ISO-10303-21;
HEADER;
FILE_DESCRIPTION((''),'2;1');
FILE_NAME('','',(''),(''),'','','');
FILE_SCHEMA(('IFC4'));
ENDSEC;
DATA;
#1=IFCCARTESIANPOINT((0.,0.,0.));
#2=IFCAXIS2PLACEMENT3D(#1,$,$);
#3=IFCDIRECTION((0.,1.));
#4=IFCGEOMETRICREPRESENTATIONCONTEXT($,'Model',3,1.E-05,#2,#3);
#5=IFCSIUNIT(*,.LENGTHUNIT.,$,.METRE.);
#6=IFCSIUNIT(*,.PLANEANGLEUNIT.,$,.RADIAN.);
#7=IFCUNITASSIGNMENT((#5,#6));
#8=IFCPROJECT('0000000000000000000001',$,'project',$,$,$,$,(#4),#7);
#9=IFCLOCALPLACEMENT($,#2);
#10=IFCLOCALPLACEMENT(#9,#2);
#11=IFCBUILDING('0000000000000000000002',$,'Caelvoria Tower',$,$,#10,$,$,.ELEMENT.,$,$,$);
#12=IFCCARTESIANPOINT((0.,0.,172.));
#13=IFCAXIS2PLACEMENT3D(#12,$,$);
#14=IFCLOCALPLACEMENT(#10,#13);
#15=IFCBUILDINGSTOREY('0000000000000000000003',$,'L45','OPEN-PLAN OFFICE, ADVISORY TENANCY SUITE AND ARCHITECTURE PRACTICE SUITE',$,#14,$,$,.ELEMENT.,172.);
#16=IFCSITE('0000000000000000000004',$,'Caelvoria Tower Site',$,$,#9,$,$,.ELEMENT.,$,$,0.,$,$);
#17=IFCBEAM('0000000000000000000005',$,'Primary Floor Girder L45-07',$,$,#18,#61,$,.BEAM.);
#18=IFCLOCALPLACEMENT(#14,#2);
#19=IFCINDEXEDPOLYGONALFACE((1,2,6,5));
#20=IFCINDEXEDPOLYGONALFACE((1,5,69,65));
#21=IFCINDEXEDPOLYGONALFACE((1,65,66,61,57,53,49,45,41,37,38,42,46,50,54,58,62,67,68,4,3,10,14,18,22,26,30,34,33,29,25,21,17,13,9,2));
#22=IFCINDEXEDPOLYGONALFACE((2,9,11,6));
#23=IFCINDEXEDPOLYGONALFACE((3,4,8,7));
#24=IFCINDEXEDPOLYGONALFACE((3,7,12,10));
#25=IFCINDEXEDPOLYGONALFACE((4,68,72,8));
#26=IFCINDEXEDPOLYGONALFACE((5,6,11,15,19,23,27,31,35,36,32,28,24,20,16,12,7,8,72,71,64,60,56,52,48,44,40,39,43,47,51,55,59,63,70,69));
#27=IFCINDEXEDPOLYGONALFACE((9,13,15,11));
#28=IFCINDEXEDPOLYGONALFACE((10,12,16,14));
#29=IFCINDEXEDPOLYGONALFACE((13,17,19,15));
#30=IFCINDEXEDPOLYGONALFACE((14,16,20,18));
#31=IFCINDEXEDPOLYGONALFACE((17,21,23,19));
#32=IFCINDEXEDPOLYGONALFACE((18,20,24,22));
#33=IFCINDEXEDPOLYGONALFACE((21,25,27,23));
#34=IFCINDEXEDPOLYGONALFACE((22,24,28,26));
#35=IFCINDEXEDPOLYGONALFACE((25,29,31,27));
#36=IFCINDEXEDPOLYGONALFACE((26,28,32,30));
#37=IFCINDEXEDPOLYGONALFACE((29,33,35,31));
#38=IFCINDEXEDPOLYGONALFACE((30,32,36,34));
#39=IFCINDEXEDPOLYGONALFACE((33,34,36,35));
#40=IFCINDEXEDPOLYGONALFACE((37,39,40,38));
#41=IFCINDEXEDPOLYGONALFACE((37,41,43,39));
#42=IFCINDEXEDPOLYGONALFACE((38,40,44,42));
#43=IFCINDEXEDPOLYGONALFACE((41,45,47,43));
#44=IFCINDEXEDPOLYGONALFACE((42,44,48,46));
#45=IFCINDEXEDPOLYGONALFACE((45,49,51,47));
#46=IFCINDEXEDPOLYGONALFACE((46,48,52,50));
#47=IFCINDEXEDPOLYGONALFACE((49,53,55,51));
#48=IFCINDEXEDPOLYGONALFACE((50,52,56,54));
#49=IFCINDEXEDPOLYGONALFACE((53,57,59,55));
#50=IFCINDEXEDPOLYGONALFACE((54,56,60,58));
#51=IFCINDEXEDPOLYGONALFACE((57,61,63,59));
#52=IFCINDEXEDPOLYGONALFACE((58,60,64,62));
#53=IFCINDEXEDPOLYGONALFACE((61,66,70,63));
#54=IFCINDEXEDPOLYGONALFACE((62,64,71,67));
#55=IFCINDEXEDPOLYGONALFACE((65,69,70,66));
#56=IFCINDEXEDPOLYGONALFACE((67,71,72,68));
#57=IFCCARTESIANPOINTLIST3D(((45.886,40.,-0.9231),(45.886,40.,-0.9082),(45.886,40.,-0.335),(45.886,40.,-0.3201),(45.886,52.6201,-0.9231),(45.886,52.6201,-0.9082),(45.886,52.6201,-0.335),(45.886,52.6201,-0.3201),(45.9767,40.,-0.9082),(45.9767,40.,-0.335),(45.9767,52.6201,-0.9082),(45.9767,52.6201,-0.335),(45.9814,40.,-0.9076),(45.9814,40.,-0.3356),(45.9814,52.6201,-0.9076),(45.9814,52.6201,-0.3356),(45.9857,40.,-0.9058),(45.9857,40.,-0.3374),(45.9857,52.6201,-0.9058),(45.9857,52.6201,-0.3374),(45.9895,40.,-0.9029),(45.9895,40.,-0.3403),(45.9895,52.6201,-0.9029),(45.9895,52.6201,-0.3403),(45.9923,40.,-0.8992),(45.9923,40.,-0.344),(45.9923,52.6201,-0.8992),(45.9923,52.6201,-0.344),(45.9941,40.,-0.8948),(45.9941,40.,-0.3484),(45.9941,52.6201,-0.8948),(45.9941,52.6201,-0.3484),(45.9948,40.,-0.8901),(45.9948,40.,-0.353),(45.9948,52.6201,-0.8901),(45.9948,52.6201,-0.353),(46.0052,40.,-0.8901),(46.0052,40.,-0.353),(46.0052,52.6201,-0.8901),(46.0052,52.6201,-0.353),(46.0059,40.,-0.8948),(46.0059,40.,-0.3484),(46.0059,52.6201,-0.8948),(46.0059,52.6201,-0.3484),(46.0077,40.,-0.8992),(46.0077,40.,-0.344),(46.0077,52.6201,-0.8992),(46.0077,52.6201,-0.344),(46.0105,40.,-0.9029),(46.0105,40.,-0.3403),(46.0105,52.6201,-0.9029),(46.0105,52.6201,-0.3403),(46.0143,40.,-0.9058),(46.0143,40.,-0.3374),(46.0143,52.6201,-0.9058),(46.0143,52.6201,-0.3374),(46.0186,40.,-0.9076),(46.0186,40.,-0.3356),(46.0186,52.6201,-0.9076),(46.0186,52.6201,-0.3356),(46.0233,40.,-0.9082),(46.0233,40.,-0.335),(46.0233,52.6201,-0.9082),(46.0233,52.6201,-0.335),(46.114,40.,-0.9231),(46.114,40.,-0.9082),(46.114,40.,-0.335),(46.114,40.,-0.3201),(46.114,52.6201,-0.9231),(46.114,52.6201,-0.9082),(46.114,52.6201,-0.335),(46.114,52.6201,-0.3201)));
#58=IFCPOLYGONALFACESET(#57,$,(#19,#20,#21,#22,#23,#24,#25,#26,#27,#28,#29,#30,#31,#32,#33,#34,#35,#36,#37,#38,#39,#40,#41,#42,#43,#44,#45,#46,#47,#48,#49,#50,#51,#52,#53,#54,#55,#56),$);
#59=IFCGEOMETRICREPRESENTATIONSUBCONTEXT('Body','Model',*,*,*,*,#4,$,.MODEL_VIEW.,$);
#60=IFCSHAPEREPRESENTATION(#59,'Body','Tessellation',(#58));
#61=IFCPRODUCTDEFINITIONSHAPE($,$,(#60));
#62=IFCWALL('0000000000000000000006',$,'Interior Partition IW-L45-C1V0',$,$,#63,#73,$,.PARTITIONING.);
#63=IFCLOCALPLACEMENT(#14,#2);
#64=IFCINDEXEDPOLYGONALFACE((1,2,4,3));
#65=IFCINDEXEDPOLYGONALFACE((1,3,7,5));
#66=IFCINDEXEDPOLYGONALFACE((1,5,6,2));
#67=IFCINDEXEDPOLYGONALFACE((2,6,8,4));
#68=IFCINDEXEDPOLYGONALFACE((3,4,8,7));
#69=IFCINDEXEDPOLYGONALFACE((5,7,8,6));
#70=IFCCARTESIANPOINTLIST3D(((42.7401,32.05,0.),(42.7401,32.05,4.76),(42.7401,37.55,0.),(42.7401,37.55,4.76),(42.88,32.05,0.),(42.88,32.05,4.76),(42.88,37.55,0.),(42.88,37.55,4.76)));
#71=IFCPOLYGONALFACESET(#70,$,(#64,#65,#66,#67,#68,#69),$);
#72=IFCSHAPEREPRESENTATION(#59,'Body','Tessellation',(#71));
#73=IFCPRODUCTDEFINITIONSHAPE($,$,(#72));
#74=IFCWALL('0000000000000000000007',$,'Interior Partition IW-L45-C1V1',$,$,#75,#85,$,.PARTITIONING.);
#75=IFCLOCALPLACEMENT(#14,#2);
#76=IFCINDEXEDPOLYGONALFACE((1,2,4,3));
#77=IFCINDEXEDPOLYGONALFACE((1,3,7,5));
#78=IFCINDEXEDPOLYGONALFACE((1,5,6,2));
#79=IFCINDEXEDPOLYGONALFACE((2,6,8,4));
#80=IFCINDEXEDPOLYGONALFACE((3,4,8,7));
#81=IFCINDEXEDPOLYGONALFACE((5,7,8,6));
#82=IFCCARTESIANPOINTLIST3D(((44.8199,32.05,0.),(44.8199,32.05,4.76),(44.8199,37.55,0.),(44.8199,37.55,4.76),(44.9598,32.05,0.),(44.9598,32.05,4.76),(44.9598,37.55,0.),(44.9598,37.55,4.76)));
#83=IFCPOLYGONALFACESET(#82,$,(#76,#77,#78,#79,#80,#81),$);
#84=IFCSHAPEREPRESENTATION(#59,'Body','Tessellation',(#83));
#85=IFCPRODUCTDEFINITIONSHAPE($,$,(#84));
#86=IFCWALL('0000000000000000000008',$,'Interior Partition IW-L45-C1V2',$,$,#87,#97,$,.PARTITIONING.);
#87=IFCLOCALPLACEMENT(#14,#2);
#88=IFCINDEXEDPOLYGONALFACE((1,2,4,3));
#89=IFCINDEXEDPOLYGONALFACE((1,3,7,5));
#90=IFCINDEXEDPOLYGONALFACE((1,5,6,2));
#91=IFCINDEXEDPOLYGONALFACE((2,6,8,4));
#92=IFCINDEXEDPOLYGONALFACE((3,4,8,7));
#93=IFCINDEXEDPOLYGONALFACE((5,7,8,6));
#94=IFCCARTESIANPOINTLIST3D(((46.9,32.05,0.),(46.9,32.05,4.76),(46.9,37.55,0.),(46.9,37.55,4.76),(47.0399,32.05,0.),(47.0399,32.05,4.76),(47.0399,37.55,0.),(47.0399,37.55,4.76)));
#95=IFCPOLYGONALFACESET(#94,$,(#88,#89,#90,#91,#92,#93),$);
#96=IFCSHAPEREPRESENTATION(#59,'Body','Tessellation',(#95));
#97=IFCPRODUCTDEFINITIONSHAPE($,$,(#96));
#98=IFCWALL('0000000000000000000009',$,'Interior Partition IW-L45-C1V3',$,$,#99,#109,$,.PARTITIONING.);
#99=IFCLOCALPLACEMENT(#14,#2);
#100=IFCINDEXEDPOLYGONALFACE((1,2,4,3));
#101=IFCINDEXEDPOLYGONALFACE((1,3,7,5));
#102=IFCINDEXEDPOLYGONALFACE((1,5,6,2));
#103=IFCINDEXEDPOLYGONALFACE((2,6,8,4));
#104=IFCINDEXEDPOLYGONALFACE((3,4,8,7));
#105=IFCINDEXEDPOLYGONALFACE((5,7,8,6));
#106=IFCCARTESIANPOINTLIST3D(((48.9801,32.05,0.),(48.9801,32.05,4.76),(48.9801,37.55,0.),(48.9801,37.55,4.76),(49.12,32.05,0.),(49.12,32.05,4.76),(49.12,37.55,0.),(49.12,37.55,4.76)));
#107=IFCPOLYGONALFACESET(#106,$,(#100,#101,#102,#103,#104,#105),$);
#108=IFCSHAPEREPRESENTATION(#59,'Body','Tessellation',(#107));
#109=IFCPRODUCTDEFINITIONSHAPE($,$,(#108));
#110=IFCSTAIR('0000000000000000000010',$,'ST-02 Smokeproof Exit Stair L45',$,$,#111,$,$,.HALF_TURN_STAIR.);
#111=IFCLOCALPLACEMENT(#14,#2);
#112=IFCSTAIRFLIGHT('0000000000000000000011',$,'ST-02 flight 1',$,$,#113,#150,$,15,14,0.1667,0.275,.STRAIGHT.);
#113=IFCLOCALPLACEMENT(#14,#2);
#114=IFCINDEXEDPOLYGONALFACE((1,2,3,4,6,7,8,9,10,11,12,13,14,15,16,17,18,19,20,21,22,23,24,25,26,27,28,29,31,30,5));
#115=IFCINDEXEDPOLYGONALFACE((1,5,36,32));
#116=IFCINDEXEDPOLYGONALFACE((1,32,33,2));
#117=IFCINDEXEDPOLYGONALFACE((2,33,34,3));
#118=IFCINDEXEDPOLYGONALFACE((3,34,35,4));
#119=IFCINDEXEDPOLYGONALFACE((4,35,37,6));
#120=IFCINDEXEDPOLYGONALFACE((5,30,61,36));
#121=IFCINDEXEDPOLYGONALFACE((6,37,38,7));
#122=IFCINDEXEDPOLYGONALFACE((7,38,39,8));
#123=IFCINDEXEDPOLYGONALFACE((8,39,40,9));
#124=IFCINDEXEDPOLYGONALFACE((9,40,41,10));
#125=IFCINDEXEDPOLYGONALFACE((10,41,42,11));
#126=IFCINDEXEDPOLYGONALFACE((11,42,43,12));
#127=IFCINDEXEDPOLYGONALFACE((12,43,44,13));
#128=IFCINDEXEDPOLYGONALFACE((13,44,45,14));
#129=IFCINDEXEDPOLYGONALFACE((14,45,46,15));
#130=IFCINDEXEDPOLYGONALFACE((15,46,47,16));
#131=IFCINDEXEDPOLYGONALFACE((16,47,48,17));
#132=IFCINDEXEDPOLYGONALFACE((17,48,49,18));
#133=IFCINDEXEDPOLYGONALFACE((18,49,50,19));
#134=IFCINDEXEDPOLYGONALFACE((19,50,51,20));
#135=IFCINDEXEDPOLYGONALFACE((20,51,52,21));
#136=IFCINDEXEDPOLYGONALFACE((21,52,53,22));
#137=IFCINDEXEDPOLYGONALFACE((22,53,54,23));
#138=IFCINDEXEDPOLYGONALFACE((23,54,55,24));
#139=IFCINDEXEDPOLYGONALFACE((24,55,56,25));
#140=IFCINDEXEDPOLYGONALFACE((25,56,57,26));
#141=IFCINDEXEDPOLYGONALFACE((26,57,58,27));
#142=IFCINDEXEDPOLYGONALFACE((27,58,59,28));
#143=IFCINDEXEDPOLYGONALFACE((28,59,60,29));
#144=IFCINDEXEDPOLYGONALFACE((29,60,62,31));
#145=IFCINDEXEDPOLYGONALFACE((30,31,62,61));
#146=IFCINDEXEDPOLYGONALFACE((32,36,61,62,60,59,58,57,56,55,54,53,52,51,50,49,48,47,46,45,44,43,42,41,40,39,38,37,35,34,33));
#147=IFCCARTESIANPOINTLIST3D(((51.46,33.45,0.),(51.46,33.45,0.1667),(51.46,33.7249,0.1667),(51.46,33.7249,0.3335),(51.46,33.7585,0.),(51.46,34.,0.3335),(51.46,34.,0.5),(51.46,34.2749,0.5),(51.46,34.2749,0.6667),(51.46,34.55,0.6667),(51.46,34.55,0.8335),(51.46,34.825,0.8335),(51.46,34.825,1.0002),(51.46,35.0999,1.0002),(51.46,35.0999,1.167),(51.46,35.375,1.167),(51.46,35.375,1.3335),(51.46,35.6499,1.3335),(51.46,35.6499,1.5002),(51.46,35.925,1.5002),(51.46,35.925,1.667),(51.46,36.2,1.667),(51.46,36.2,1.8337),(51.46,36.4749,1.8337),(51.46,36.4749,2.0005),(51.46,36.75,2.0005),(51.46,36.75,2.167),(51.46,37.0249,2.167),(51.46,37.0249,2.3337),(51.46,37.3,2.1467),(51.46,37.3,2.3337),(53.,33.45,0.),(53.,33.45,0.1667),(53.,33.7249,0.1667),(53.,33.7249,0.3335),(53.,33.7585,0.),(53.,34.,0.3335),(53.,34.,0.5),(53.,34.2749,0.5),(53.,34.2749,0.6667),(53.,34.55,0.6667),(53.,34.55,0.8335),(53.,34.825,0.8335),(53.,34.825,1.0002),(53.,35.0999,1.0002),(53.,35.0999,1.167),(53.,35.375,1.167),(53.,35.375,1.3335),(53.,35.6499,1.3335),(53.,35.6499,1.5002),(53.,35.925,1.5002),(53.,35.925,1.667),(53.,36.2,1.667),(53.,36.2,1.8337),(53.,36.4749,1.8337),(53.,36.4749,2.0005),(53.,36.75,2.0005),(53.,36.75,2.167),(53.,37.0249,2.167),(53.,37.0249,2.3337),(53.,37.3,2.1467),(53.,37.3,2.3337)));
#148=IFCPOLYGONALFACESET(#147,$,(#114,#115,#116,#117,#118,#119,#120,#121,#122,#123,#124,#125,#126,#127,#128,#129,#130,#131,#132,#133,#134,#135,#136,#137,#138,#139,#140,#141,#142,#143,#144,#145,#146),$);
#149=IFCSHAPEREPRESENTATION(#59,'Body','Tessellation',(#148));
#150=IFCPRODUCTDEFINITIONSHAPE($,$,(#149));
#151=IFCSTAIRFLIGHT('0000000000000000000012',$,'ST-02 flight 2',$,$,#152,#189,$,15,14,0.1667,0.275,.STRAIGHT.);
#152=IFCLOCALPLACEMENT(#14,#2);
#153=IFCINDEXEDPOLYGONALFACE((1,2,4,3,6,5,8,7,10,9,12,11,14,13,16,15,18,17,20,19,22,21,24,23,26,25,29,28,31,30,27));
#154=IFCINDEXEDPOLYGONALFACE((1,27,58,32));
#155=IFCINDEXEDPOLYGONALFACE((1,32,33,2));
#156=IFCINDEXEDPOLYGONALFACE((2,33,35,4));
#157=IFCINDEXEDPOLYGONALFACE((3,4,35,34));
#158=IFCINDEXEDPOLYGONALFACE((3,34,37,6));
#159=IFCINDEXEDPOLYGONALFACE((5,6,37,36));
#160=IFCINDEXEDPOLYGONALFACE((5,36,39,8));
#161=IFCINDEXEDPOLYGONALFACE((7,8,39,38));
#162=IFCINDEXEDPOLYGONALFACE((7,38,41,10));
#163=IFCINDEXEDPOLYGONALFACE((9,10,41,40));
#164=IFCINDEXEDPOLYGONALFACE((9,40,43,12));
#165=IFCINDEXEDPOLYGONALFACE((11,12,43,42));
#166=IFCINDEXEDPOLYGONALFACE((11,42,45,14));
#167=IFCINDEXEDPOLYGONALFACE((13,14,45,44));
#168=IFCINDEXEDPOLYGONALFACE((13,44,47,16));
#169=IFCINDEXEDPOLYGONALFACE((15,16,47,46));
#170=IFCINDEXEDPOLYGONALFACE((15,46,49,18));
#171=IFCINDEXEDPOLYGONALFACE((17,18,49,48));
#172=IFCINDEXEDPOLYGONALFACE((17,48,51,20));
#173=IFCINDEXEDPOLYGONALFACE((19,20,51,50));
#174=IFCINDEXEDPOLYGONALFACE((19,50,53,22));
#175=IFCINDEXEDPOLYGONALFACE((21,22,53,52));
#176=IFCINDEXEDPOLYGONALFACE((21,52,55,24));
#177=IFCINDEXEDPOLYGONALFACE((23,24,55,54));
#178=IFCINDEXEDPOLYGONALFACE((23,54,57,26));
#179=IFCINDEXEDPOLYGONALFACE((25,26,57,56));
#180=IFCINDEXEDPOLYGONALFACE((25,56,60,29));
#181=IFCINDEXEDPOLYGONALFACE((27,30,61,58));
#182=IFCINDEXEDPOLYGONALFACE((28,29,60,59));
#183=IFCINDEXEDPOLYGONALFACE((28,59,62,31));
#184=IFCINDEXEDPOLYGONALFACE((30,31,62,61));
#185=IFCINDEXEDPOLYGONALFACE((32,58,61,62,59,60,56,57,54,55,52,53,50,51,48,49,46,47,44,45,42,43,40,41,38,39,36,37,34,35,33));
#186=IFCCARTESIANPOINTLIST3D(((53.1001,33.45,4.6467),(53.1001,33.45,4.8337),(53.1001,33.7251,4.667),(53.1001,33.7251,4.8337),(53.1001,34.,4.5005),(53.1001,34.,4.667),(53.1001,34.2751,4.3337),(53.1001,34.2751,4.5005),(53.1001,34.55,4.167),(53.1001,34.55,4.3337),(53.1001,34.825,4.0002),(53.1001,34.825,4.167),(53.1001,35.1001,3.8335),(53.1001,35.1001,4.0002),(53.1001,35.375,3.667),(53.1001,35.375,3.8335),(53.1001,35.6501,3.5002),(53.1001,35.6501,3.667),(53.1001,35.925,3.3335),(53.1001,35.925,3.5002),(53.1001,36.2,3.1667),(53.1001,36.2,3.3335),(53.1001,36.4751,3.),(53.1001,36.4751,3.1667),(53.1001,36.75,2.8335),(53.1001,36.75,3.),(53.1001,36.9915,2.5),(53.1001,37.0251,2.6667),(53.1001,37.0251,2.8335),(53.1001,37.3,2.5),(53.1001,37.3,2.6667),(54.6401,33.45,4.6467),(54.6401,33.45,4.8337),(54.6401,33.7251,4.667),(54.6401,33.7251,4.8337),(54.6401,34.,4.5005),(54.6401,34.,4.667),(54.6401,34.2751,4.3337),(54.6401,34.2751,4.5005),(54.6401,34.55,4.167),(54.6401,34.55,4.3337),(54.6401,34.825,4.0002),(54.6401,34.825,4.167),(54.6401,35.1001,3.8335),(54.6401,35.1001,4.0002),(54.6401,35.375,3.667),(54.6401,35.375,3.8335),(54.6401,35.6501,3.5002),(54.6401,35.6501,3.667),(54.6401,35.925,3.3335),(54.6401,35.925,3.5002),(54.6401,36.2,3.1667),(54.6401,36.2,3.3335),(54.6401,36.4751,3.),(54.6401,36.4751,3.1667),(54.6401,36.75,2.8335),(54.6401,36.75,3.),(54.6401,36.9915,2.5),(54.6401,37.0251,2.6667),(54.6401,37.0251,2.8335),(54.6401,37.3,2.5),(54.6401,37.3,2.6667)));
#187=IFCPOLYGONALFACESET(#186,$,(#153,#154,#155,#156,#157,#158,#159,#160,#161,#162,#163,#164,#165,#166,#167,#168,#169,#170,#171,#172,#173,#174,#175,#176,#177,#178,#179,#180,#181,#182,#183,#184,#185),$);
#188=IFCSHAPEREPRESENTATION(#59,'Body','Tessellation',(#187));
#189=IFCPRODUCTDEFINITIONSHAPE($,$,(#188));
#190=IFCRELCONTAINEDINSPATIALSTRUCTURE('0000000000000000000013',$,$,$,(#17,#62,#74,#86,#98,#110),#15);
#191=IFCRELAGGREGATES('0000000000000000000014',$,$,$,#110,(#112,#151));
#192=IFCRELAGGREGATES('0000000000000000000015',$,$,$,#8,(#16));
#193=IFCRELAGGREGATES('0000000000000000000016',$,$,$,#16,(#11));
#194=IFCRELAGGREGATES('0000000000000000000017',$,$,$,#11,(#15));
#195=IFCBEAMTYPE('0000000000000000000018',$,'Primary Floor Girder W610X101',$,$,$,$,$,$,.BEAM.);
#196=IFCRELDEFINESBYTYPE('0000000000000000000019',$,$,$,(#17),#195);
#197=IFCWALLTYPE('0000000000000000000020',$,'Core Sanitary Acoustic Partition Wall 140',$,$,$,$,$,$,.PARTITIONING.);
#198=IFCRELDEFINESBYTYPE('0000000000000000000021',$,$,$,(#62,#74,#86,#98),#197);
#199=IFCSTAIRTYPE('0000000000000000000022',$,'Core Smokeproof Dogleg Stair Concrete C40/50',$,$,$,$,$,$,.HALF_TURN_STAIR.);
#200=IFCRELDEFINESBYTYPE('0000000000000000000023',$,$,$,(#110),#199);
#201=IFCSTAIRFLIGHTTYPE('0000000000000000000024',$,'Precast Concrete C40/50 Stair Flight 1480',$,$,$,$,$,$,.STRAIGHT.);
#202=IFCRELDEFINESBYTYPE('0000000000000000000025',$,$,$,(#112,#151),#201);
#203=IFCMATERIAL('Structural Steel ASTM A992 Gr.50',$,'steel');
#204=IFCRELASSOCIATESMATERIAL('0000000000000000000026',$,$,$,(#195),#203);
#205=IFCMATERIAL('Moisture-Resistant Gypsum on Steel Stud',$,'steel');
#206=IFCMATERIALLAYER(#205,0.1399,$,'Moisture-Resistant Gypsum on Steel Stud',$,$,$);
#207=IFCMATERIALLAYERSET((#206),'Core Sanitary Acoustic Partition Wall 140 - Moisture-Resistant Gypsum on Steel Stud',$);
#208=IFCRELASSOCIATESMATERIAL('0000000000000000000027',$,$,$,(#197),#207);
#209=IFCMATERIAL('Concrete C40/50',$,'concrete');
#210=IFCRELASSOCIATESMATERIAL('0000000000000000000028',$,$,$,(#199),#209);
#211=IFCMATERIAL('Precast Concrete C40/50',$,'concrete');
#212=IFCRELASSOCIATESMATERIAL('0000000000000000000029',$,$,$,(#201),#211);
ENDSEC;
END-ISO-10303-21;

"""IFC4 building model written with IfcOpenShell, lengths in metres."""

from ifc_helpers import new_model, si_unit, direction, frame, frame_2d, origin, origin_2d, place, context, subcontext, project, spatial, polyline, rectangle, i_section, outline, extrude, material, layer, layer_set, material_profile, profile_set, type_object, element, aggregate, save


model = new_model("IFC4")

# Units and contexts
model_context = context("Model", 3, precision=1e-05, world=origin(), true_north=direction((0.0, 1.0)))
body_context = subcontext(model_context, "Body", "Model", "MODEL_VIEW")
ifc_project = project(units=[si_unit("LENGTHUNIT", "METRE"), si_unit("PLANEANGLEUNIT", "RADIAN")], contexts=[model_context])

# Site, building, storey
site_placement = place(None, origin())
site = spatial("IfcSite", under=ifc_project, at=site_placement, Name="Caelvoria Tower Site", CompositionType="ELEMENT", RefElevation=0.0)
building_placement = place(site_placement, origin())
building = spatial("IfcBuilding", under=site, at=building_placement, Name="Caelvoria Tower", CompositionType="ELEMENT")
storey_placement = place(building_placement, frame((0.0, 0.0, 172.0)))
storey = spatial("IfcBuildingStorey", under=building, at=storey_placement, Name="L45", Description="OPEN-PLAN OFFICE, ADVISORY TENANCY SUITE AND ARCHITECTURE PRACTICE SUITE", CompositionType="ELEMENT", Elevation=172.0)

# Beam
ifc_material_1 = material(Name="Structural Steel ASTM A992 Gr.50", Category="steel")
ifc_material_profile_1 = material_profile(ifc_material_1, i_section(OverallWidth=0.228, OverallDepth=0.603, WebThickness=0.0105, FlangeThickness=0.0149, FilletRadius=0.0181, at=origin_2d()), Name="Structural Steel ASTM A992 Gr.50")
ifc_profile_set_1 = profile_set([ifc_material_profile_1], Name="W610X101 - Structural Steel ASTM A992 Gr.50")
beam_type_1 = type_object("IfcBeamType", Name="Primary Floor Girder W610X101", PredefinedType="BEAM", material=ifc_profile_set_1)
beam_1_placement = place(storey_placement, frame((46.0, 40.0, -0.6216), z_axis=(0.0, 1.0, 0.0), x_axis=(-1.0, 0.0, 0.0)))
element("IfcBeam", 1, at=beam_1_placement, inside=storey, type_object=beam_type_1, Name="Primary Floor Girder L45-07", PredefinedType="BEAM", context=body_context, shape_type="SweptSolid", body=[
    extrude(i_section(OverallWidth=0.228, OverallDepth=0.603, WebThickness=0.0105, FlangeThickness=0.0149, FilletRadius=0.0181, at=origin_2d()), origin(), (0.0, 0.0, 1.0), 12.6201),
])

# Walls
ifc_material_2 = material(Name="Moisture-Resistant Gypsum on Steel Stud", Category="steel")
ifc_layer = layer(ifc_material_2, 0.1399, Name="Moisture-Resistant Gypsum on Steel Stud")
ifc_layer_set = layer_set([ifc_layer], Name="Core Sanitary Acoustic Partition Wall 140 - Moisture-Resistant Gypsum on Steel Stud")
wall_type = type_object("IfcWallType", Name="Core Sanitary Acoustic Partition Wall 140", PredefinedType="PARTITIONING", material=ifc_layer_set)
for number, where, z_axis, x_axis, name in (
    (2, (42.8101, 32.05, 0.0), (0.0, 0.0, 1.0), (0.0, 1.0, 0.0), "Interior Partition IW-L45-C1V0"),
    (3, (44.8899, 32.05, 0.0), (0.0, 0.0, 1.0), (0.0, 1.0, 0.0), "Interior Partition IW-L45-C1V1"),
    (4, (46.97, 32.05, 0.0), (0.0, 0.0, 1.0), (0.0, 1.0, 0.0), "Interior Partition IW-L45-C1V2"),
    (5, (49.05, 32.05, 0.0), (0.0, 0.0, 1.0), (0.0, 1.0, 0.0), "Interior Partition IW-L45-C1V3"),
):
    element("IfcWall", number, at=place(storey_placement, frame(where, z_axis=z_axis, x_axis=x_axis)), inside=storey, type_object=wall_type, Name=name, PredefinedType="PARTITIONING", context=body_context, shape_type="SweptSolid", body=[
        extrude(rectangle(XDim=5.5, YDim=0.1399, at=frame_2d((2.75, 0.0))), origin(), (0.0, 0.0, 1.0), 4.76),
    ])

# Stair, stair flights
ifc_material_3 = material(Name="Concrete C40/50", Category="concrete")
stair_type = type_object("IfcStairType", Name="Core Smokeproof Dogleg Stair Concrete C40/50", PredefinedType="HALF_TURN_STAIR", material=ifc_material_3)
stair_placement = place(storey_placement, origin())
stair = element("IfcStair", 6, at=stair_placement, inside=storey, type_object=stair_type, Name="ST-02 Smokeproof Exit Stair L45", PredefinedType="HALF_TURN_STAIR")
ifc_material_4 = material(Name="Precast Concrete C40/50", Category="concrete")
stair_flight_type = type_object("IfcStairFlightType", Name="Precast Concrete C40/50 Stair Flight 1480", PredefinedType="STRAIGHT", material=ifc_material_4)
stair_flight_1_placement = place(storey_placement, frame((52.23, 33.45, 0.0), z_axis=(0.0, 0.0, 1.0), x_axis=(0.0, 1.0, 0.0)))
stair_flight_1 = element("IfcStairFlight", 7, at=stair_flight_1_placement, type_object=stair_flight_type, Name="ST-02 flight 1", NumberOfRisers=15, NumberOfTreads=14, PredefinedType="STRAIGHT", RiserHeight=0.1667, TreadLength=0.275, context=body_context, shape_type="SweptSolid", body=[
    extrude(outline(polyline([(0.0, 0.0), (0.0, 0.1667), (0.2749, 0.1667), (0.2749, 0.3335), (0.55, 0.3335), (0.55, 0.5), (0.825, 0.5), (0.825, 0.6667), (1.1001, 0.6667), (1.1001, 0.8335), (1.375, 0.8335), (1.375, 1.0002), (1.6499, 1.0002), (1.6499, 1.167), (1.925, 1.167), (1.925, 1.3335), (2.2, 1.3335), (2.2, 1.5002), (2.4751, 1.5002), (2.4751, 1.667), (2.75, 1.667), (2.75, 1.8337), (3.0249, 1.8337), (3.0249, 2.0005), (3.3, 2.0005), (3.3, 2.167), (3.575, 2.167), (3.575, 2.3337), (3.8501, 2.3337), (3.8501, 2.5005), (3.8501, 2.1467), (0.3086, 0.0), (0.0, 0.0)])), frame((0.0, 0.77, 0.0), z_axis=(0.0, -1.0, 0.0), x_axis=(1.0, 0.0, 0.0)), (0.0, 0.0, 1.0), 1.54),
])
stair_flight_2_placement = place(storey_placement, frame((53.8701, 37.3, 2.5), z_axis=(0.0, 0.0, 1.0), x_axis=(0.0, -1.0, 0.0)))
stair_flight_2 = element("IfcStairFlight", 8, at=stair_flight_2_placement, type_object=stair_flight_type, Name="ST-02 flight 2", NumberOfRisers=15, NumberOfTreads=14, PredefinedType="STRAIGHT", RiserHeight=0.1667, TreadLength=0.275, context=body_context, shape_type="SweptSolid", body=[
    extrude(outline(polyline([(0.0, 0.0), (0.0, 0.1667), (0.2749, 0.1667), (0.2749, 0.3335), (0.55, 0.3335), (0.55, 0.5), (0.825, 0.5), (0.825, 0.6667), (1.1001, 0.6667), (1.1001, 0.8335), (1.375, 0.8335), (1.375, 1.0002), (1.6499, 1.0002), (1.6499, 1.167), (1.925, 1.167), (1.925, 1.3335), (2.2, 1.3335), (2.2, 1.5002), (2.4751, 1.5002), (2.4751, 1.667), (2.75, 1.667), (2.75, 1.8337), (3.0249, 1.8337), (3.0249, 2.0005), (3.3, 2.0005), (3.3, 2.167), (3.575, 2.167), (3.575, 2.3337), (3.8501, 2.3337), (3.8501, 2.5005), (3.8501, 2.1467), (0.3086, 0.0), (0.0, 0.0)])), frame((0.0, 0.77, 0.0), z_axis=(0.0, -1.0, 0.0), x_axis=(1.0, 0.0, 0.0)), (0.0, 0.0, 1.0), 1.54),
])
aggregate(stair, [stair_flight_1, stair_flight_2])

save(model, "model.ifc")
